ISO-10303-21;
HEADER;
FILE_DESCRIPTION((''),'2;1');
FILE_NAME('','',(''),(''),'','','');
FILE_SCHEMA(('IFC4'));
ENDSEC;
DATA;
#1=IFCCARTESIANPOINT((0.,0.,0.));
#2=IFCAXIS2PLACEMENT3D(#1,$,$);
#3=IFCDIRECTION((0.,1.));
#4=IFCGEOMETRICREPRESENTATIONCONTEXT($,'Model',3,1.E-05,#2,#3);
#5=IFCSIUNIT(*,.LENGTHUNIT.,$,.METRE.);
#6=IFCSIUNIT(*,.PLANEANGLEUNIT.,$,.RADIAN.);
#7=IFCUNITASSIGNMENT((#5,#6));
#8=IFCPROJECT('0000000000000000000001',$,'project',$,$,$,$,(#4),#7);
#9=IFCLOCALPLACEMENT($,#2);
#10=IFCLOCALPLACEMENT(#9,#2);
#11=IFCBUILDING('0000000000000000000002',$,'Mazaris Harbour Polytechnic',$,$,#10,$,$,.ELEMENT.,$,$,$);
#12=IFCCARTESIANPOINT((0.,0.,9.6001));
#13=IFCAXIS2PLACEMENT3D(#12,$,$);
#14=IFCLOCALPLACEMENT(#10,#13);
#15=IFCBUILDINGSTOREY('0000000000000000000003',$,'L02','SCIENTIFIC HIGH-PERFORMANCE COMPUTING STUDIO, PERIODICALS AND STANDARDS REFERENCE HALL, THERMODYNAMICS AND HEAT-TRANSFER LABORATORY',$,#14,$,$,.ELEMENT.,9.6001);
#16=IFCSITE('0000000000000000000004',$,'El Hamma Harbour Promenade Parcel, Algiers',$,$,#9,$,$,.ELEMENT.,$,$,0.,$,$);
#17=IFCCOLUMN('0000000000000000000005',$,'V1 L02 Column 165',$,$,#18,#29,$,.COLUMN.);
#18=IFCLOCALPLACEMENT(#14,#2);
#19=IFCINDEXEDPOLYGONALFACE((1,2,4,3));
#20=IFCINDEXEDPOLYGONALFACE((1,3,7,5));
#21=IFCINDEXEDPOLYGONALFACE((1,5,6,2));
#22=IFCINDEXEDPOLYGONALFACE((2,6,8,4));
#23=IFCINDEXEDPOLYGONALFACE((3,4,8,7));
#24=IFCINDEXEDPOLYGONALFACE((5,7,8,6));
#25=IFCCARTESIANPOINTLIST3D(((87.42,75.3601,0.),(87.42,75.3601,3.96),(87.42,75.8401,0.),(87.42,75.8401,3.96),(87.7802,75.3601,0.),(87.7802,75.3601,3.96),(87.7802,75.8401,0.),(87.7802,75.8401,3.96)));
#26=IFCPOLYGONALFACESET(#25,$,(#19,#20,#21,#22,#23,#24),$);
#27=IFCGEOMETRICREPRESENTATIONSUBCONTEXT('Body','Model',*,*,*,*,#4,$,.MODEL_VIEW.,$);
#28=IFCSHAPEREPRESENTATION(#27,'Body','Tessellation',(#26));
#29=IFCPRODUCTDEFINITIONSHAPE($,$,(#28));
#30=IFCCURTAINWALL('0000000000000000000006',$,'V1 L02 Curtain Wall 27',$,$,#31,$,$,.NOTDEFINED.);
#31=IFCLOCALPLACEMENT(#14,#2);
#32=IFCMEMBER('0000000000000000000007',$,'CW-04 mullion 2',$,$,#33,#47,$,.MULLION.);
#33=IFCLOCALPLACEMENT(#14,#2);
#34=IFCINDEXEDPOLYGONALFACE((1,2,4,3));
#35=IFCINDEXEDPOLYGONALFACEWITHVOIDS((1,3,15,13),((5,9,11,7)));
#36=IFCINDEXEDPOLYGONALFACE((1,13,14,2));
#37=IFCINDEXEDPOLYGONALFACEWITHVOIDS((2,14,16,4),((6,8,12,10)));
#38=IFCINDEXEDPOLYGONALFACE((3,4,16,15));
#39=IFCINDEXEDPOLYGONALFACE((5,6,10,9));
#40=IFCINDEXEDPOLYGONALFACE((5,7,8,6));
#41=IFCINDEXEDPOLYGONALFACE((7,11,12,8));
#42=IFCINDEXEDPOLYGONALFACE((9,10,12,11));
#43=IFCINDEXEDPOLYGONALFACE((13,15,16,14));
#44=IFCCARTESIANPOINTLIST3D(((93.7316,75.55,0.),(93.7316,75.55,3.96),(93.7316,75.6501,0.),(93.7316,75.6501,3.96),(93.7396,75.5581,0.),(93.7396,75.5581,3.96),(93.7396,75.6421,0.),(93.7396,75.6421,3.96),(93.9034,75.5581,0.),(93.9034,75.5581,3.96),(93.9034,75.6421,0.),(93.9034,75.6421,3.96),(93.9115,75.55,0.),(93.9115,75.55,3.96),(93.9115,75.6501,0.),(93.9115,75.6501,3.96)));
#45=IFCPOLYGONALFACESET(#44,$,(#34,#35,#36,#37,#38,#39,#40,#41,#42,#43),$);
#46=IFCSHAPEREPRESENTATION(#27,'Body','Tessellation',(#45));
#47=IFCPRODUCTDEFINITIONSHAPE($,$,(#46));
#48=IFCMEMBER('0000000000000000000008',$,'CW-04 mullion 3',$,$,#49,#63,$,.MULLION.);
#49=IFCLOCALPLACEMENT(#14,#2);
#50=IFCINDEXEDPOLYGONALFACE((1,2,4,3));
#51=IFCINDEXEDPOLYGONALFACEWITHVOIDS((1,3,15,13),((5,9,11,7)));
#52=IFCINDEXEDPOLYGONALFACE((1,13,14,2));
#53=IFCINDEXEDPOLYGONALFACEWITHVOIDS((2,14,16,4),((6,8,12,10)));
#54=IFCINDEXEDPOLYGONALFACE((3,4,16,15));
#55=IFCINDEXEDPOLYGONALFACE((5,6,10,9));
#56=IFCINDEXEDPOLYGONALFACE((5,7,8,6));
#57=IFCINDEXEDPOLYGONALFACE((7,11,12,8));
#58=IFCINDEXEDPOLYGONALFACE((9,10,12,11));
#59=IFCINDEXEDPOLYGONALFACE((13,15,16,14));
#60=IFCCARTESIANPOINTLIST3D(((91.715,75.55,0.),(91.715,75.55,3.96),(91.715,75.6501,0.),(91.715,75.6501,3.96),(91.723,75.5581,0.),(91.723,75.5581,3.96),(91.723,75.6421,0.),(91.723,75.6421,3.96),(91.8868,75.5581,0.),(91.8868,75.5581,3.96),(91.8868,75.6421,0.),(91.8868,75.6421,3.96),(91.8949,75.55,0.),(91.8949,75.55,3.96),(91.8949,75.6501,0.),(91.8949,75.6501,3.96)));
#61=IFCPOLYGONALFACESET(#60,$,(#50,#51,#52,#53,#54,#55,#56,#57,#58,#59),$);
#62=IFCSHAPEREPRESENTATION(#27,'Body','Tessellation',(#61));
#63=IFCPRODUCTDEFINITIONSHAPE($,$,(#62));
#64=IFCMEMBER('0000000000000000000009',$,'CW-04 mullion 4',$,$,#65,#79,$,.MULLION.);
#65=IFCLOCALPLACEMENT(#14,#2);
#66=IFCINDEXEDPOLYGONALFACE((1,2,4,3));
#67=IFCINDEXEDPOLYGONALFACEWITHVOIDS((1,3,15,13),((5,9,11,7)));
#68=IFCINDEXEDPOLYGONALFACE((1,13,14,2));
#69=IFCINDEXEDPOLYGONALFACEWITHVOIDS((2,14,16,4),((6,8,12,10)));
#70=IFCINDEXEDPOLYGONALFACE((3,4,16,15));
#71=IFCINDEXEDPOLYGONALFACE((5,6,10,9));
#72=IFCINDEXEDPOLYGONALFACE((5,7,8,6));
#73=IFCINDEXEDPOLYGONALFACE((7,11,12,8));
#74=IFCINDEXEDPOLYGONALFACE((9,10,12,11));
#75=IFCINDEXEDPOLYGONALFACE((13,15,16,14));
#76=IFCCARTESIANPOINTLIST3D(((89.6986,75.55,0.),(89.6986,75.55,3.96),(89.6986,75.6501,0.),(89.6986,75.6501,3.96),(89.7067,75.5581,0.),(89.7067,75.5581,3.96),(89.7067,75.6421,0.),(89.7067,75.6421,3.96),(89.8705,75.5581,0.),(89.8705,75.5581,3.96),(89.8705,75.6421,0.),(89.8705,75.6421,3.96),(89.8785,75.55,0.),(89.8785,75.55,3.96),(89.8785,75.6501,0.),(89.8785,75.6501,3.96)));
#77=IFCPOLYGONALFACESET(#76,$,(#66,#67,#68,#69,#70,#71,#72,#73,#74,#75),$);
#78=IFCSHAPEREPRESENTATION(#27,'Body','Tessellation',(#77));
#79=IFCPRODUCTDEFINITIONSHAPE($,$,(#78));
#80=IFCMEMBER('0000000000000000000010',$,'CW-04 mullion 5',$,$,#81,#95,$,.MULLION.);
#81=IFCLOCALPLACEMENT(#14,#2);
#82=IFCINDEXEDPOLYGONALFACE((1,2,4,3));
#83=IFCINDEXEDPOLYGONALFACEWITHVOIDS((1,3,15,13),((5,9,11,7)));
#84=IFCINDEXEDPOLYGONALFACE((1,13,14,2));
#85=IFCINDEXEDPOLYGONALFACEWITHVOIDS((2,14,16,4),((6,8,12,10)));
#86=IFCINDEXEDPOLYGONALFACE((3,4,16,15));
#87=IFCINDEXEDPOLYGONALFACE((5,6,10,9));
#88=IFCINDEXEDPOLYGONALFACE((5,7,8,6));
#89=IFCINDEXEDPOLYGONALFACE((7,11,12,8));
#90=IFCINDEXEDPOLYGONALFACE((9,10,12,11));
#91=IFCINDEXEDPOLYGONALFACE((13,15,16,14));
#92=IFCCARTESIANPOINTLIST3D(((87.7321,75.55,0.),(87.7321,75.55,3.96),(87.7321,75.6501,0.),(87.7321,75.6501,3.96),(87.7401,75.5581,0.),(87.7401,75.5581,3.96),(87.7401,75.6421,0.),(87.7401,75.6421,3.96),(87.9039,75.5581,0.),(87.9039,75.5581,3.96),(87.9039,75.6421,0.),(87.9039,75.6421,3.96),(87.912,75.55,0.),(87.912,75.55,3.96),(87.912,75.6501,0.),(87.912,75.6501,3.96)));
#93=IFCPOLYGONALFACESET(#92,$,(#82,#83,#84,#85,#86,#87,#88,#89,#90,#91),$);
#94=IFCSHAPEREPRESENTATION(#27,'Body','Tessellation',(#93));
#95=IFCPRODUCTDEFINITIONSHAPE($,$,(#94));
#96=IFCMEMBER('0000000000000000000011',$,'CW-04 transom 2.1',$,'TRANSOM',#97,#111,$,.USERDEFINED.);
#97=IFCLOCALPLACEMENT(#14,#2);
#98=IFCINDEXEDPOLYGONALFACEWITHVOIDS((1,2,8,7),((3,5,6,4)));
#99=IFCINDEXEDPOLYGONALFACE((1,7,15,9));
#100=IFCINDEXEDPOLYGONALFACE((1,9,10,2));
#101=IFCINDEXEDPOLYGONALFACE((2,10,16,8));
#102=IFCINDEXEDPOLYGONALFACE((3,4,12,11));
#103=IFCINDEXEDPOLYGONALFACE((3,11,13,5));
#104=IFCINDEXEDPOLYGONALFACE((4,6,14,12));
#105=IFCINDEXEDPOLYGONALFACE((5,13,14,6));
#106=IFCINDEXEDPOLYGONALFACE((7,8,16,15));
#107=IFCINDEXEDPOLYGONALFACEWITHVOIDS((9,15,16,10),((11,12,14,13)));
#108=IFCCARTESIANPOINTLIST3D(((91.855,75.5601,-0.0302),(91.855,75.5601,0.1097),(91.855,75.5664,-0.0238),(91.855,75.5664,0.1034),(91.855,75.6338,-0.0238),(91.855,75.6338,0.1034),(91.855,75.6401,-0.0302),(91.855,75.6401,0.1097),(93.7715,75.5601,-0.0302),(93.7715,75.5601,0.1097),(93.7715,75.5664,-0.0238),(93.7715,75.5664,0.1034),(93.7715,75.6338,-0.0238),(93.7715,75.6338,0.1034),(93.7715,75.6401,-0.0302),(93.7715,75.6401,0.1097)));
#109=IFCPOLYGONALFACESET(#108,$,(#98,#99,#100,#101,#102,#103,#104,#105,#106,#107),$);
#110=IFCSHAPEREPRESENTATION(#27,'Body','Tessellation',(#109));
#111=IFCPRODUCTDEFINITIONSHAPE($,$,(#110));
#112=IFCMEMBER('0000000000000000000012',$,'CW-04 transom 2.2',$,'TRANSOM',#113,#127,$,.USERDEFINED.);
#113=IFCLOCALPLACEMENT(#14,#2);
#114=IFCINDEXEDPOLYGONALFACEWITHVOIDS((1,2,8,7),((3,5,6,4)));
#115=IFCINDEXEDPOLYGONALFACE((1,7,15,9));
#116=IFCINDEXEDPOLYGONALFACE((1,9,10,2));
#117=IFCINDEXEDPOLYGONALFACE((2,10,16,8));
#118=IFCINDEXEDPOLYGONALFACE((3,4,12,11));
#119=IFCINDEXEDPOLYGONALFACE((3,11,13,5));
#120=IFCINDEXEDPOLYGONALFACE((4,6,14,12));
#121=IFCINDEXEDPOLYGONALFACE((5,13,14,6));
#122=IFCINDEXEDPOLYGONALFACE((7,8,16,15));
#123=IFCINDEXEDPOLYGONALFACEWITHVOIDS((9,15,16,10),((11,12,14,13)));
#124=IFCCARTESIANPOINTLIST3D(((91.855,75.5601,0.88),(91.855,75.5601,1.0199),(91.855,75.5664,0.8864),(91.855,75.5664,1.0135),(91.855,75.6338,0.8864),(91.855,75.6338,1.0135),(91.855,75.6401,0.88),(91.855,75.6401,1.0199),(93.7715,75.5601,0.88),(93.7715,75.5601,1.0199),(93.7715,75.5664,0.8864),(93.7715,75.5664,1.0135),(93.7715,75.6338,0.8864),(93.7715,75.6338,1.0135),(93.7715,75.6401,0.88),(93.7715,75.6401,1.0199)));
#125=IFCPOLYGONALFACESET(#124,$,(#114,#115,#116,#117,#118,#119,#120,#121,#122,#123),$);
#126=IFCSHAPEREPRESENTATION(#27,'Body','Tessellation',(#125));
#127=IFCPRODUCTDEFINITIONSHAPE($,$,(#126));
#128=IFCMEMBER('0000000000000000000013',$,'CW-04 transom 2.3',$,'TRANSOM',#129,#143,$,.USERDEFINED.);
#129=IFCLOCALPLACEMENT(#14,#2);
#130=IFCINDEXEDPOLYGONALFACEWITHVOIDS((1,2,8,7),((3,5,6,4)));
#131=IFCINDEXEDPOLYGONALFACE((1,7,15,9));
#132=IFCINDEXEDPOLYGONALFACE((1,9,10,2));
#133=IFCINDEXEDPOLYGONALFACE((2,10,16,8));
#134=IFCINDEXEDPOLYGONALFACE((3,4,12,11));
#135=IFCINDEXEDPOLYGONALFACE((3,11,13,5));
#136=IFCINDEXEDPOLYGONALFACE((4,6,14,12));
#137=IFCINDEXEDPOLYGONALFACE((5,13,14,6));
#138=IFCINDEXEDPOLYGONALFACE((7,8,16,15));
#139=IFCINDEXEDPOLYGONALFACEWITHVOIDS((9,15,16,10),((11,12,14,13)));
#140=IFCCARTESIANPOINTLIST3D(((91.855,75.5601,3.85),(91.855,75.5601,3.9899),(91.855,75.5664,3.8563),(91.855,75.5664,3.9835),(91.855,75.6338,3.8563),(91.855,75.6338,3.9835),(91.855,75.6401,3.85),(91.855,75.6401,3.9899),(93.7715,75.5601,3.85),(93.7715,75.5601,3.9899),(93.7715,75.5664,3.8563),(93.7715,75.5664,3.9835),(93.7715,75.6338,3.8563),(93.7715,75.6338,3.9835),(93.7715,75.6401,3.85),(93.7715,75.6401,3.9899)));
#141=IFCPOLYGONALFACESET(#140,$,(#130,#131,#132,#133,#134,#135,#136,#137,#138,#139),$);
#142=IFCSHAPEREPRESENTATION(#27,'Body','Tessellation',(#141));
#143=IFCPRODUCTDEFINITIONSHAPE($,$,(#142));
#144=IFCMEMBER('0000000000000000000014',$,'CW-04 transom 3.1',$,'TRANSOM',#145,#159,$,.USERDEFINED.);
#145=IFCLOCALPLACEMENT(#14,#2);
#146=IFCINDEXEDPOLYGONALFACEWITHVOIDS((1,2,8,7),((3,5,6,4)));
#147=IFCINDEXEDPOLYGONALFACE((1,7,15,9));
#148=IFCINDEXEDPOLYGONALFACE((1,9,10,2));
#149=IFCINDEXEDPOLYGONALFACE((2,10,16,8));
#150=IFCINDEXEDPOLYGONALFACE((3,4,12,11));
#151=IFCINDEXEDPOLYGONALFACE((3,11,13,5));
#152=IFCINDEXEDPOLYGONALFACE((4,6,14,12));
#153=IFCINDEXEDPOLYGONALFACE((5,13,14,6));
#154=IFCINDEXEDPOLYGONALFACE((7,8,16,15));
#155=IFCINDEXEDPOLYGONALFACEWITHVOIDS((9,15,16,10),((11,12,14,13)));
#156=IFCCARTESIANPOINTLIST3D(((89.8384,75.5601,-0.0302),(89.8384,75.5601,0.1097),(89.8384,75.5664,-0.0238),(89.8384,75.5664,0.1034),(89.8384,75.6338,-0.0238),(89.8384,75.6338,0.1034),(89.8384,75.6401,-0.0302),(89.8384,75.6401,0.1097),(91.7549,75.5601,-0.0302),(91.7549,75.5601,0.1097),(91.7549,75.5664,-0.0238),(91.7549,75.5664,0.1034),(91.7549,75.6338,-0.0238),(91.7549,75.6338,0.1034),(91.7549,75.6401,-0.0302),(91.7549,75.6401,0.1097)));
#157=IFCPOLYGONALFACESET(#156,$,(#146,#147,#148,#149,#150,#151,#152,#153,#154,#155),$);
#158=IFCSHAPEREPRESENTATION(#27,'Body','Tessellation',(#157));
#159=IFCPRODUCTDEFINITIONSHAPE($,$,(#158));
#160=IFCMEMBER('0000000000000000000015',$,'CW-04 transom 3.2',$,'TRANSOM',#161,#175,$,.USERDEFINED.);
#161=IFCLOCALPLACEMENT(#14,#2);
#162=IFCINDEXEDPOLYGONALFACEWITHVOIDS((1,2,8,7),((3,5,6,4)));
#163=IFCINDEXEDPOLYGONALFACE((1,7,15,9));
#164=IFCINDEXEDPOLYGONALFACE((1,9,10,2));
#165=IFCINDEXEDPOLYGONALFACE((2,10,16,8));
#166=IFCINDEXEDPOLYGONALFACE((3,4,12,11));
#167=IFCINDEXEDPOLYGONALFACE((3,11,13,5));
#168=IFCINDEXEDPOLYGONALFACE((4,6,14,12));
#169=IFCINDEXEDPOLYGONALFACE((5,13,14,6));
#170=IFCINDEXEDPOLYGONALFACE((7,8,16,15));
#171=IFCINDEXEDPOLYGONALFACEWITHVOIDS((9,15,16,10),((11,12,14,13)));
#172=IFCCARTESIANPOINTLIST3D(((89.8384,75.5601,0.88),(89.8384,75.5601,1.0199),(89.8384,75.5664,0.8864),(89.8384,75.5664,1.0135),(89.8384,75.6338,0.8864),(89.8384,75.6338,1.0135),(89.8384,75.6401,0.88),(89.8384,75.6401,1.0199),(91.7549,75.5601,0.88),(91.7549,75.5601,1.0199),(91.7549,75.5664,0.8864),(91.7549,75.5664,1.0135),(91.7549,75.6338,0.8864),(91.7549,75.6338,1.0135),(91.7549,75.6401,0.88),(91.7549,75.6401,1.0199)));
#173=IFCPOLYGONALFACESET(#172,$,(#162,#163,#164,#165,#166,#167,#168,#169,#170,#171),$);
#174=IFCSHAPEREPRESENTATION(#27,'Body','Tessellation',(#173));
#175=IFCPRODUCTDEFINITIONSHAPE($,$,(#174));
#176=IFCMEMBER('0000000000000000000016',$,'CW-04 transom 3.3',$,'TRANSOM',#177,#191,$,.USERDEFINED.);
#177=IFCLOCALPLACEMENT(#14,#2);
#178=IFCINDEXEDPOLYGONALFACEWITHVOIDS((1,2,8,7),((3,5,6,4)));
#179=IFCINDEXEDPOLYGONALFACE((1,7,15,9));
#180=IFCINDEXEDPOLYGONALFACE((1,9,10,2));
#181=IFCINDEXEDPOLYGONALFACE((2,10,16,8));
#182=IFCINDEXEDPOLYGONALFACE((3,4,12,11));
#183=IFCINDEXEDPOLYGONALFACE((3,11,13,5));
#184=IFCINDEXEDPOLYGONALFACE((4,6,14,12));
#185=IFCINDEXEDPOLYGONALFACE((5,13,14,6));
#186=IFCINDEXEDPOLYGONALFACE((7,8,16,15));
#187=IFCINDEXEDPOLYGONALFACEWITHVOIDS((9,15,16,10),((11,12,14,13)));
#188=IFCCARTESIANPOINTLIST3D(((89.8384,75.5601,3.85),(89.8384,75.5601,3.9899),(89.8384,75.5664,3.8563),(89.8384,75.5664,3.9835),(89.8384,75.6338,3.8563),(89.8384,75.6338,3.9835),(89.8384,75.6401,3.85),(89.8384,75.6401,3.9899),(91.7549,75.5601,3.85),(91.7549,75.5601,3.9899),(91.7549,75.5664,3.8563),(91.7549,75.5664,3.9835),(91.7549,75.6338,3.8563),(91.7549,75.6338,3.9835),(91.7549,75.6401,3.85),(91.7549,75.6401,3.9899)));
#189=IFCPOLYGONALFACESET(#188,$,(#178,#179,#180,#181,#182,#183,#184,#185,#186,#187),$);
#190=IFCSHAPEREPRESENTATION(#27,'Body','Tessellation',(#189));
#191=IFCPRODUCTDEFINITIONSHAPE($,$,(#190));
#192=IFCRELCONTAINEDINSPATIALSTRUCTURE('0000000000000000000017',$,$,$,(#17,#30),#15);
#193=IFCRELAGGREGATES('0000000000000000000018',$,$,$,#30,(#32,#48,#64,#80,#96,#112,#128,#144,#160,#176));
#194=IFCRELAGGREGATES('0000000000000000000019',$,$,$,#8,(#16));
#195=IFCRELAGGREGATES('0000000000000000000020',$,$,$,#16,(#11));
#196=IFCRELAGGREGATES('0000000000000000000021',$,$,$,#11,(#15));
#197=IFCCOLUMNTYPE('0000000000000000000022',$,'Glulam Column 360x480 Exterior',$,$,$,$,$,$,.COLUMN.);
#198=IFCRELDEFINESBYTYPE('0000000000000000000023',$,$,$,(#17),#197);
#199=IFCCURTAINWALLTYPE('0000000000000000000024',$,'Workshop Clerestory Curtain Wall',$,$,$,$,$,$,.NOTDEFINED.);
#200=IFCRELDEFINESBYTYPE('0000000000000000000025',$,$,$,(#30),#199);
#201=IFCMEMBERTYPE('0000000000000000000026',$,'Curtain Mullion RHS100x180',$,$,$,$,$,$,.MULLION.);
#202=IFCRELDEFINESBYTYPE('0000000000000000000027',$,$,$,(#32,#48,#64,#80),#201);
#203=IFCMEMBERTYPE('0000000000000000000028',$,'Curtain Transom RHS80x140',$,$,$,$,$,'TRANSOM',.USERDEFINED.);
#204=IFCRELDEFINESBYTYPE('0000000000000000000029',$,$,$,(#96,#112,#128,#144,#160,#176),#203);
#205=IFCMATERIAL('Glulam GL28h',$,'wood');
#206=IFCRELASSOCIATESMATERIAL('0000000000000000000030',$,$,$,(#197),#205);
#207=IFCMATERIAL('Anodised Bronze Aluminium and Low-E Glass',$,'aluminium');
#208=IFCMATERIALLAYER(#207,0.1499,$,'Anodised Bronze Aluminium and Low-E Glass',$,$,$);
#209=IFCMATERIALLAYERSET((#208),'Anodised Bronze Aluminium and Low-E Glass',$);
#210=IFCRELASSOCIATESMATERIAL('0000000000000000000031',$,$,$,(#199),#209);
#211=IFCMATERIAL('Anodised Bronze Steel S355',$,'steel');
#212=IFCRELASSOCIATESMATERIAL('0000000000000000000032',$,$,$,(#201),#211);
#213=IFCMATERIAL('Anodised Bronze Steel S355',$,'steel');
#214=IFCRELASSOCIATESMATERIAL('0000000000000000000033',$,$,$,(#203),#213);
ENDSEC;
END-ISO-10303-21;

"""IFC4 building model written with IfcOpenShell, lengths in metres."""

from ifc_helpers import new_model, si_unit, direction, frame, origin, origin_2d, place, context, subcontext, project, spatial, rectangle, hollow_rectangle, extrude, material, layer, layer_set, material_profile, profile_set, type_object, element, aggregate, save


model = new_model("IFC4")

# Units and contexts
model_context = context("Model", 3, precision=1e-05, world=origin(), true_north=direction((0.0, 1.0)))
body_context = subcontext(model_context, "Body", "Model", "MODEL_VIEW")
ifc_project = project(units=[si_unit("LENGTHUNIT", "METRE"), si_unit("PLANEANGLEUNIT", "RADIAN")], contexts=[model_context])

# Site, building, storey
site_placement = place(None, origin())
site = spatial("IfcSite", under=ifc_project, at=site_placement, Name="El Hamma Harbour Promenade Parcel, Algiers", CompositionType="ELEMENT", RefElevation=0.0)
building_placement = place(site_placement, origin())
building = spatial("IfcBuilding", under=site, at=building_placement, Name="Mazaris Harbour Polytechnic", CompositionType="ELEMENT")
storey_placement = place(building_placement, frame((0.0, 0.0, 9.6001)))
storey = spatial("IfcBuildingStorey", under=building, at=storey_placement, Name="L02", Description="SCIENTIFIC HIGH-PERFORMANCE COMPUTING STUDIO, PERIODICALS AND STANDARDS REFERENCE HALL, THERMODYNAMICS AND HEAT-TRANSFER LABORATORY", CompositionType="ELEMENT", Elevation=9.6001)

# Column
ifc_material_1 = material(Name="Glulam GL28h", Category="wood")
ifc_material_profile_1 = material_profile(ifc_material_1, rectangle(XDim=0.3601, YDim=0.48, at=origin_2d()), Name="RECT360x480")
ifc_profile_set_1 = profile_set([ifc_material_profile_1], Name="Glulam GL28h")
column_type = type_object("IfcColumnType", Name="Glulam Column 360x480 Exterior", PredefinedType="COLUMN", material=ifc_profile_set_1)
column_placement = place(storey_placement, frame((87.6001, 75.6001, 0.0), z_axis=(0.0, 0.0, 1.0), x_axis=(1.0, 0.0, 0.0)))
element("IfcColumn", 1, at=column_placement, inside=storey, type_object=column_type, Name="V1 L02 Column 165", PredefinedType="COLUMN", context=body_context, shape_type="SweptSolid", body=[
    extrude(rectangle(XDim=0.3601, YDim=0.48, at=origin_2d()), origin(), (0.0, 0.0, 1.0), 3.96),
])

# Curtain wall, members
ifc_material_2 = material(Name="Anodised Bronze Aluminium and Low-E Glass", Category="aluminium")
ifc_layer_1 = layer(ifc_material_2, 0.1499, Name="Anodised Bronze Aluminium and Low-E Glass")
ifc_layer_set_1 = layer_set([ifc_layer_1], Name="Anodised Bronze Aluminium and Low-E Glass")
curtain_wall_type = type_object("IfcCurtainWallType", Name="Workshop Clerestory Curtain Wall", PredefinedType="NOTDEFINED", material=ifc_layer_set_1)
curtain_wall_placement = place(storey_placement, origin())
curtain_wall = element("IfcCurtainWall", 2, at=curtain_wall_placement, inside=storey, type_object=curtain_wall_type, Name="V1 L02 Curtain Wall 27", PredefinedType="NOTDEFINED")
ifc_material_3 = material(Name="Anodised Bronze Steel S355", Category="steel")
ifc_material_profile_2 = material_profile(ifc_material_3, hollow_rectangle(XDim=0.1001, YDim=0.1799, WallThickness=0.0081, at=origin_2d()), Name="RHS 100x180x8.0")
ifc_profile_set_2 = profile_set([ifc_material_profile_2], Name="Anodised Bronze Steel S355")
member_type_1 = type_object("IfcMemberType", Name="Curtain Mullion RHS100x180", PredefinedType="MULLION", material=ifc_profile_set_2)
member_1_placement = place(storey_placement, frame((93.8215, 75.6001, 0.0), z_axis=(0.0, 0.0, 1.0), x_axis=(0.0, -1.0, 0.0)))
member_1 = element("IfcMember", 3, at=member_1_placement, type_object=member_type_1, Name="CW-04 mullion 2", PredefinedType="MULLION", context=body_context, shape_type="SweptSolid", body=[
    extrude(hollow_rectangle(XDim=0.1001, YDim=0.1799, WallThickness=0.0081, at=origin_2d()), origin(), (0.0, 0.0, 1.0), 3.96),
])
member_2_placement = place(storey_placement, frame((91.8049, 75.6001, 0.0), z_axis=(0.0, 0.0, 1.0), x_axis=(0.0, -1.0, 0.0)))
member_2 = element("IfcMember", 4, at=member_2_placement, type_object=member_type_1, Name="CW-04 mullion 3", PredefinedType="MULLION", context=body_context, shape_type="SweptSolid", body=[
    extrude(hollow_rectangle(XDim=0.1001, YDim=0.1799, WallThickness=0.0081, at=origin_2d()), origin(), (0.0, 0.0, 1.0), 3.96),
])
member_3_placement = place(storey_placement, frame((89.7886, 75.6001, 0.0), z_axis=(0.0, 0.0, 1.0), x_axis=(0.0, -1.0, 0.0)))
member_3 = element("IfcMember", 5, at=member_3_placement, type_object=member_type_1, Name="CW-04 mullion 4", PredefinedType="MULLION", context=body_context, shape_type="SweptSolid", body=[
    extrude(hollow_rectangle(XDim=0.1001, YDim=0.1799, WallThickness=0.0081, at=origin_2d()), origin(), (0.0, 0.0, 1.0), 3.96),
])
member_4_placement = place(storey_placement, frame((87.822, 75.6001, 0.0), z_axis=(0.0, 0.0, 1.0), x_axis=(0.0, -1.0, 0.0)))
member_4 = element("IfcMember", 6, at=member_4_placement, type_object=member_type_1, Name="CW-04 mullion 5", PredefinedType="MULLION", context=body_context, shape_type="SweptSolid", body=[
    extrude(hollow_rectangle(XDim=0.1001, YDim=0.1799, WallThickness=0.0081, at=origin_2d()), origin(), (0.0, 0.0, 1.0), 3.96),
])
ifc_material_4 = material(Name="Anodised Bronze Steel S355", Category="steel")
ifc_material_profile_3 = material_profile(ifc_material_4, hollow_rectangle(XDim=0.0801, YDim=0.1399, WallThickness=0.0063, at=origin_2d()), Name="RHS 80x140x6.3")
ifc_profile_set_3 = profile_set([ifc_material_profile_3], Name="Anodised Bronze Steel S355")
member_type_2 = type_object("IfcMemberType", Name="Curtain Transom RHS80x140", ElementType="TRANSOM", PredefinedType="USERDEFINED", material=ifc_profile_set_3)
member_5_placement = place(storey_placement, frame((93.7715, 75.6001, 0.0398), z_axis=(-1.0, 0.0, 0.0), x_axis=(0.0, -1.0, 0.0)))
member_5 = element("IfcMember", 7, at=member_5_placement, type_object=member_type_2, Name="CW-04 transom 2.1", ObjectType="TRANSOM", PredefinedType="USERDEFINED", context=body_context, shape_type="SweptSolid", body=[
    extrude(hollow_rectangle(XDim=0.0801, YDim=0.1399, WallThickness=0.0063, at=origin_2d()), origin(), (0.0, 0.0, 1.0), 1.9165),
])
member_6_placement = place(storey_placement, frame((93.7715, 75.6001, 0.95), z_axis=(-1.0, 0.0, 0.0), x_axis=(0.0, -1.0, 0.0)))
member_6 = element("IfcMember", 8, at=member_6_placement, type_object=member_type_2, Name="CW-04 transom 2.2", ObjectType="TRANSOM", PredefinedType="USERDEFINED", context=body_context, shape_type="SweptSolid", body=[
    extrude(hollow_rectangle(XDim=0.0801, YDim=0.1399, WallThickness=0.0063, at=origin_2d()), origin(), (0.0, 0.0, 1.0), 1.9165),
])
member_7_placement = place(storey_placement, frame((93.7715, 75.6001, 3.9199), z_axis=(-1.0, 0.0, 0.0), x_axis=(0.0, -1.0, 0.0)))
member_7 = element("IfcMember", 9, at=member_7_placement, type_object=member_type_2, Name="CW-04 transom 2.3", ObjectType="TRANSOM", PredefinedType="USERDEFINED", context=body_context, shape_type="SweptSolid", body=[
    extrude(hollow_rectangle(XDim=0.0801, YDim=0.1399, WallThickness=0.0063, at=origin_2d()), origin(), (0.0, 0.0, 1.0), 1.9165),
])
member_8_placement = place(storey_placement, frame((91.7549, 75.6001, 0.0398), z_axis=(-1.0, 0.0, 0.0), x_axis=(0.0, -1.0, 0.0)))
member_8 = element("IfcMember", 10, at=member_8_placement, type_object=member_type_2, Name="CW-04 transom 3.1", ObjectType="TRANSOM", PredefinedType="USERDEFINED", context=body_context, shape_type="SweptSolid", body=[
    extrude(hollow_rectangle(XDim=0.0801, YDim=0.1399, WallThickness=0.0063, at=origin_2d()), origin(), (0.0, 0.0, 1.0), 1.9165),
])
member_9_placement = place(storey_placement, frame((91.7549, 75.6001, 0.95), z_axis=(-1.0, 0.0, 0.0), x_axis=(0.0, -1.0, 0.0)))
member_9 = element("IfcMember", 11, at=member_9_placement, type_object=member_type_2, Name="CW-04 transom 3.2", ObjectType="TRANSOM", PredefinedType="USERDEFINED", context=body_context, shape_type="SweptSolid", body=[
    extrude(hollow_rectangle(XDim=0.0801, YDim=0.1399, WallThickness=0.0063, at=origin_2d()), origin(), (0.0, 0.0, 1.0), 1.9165),
])
member_10_placement = place(storey_placement, frame((91.7549, 75.6001, 3.9199), z_axis=(-1.0, 0.0, 0.0), x_axis=(0.0, -1.0, 0.0)))
member_10 = element("IfcMember", 12, at=member_10_placement, type_object=member_type_2, Name="CW-04 transom 3.3", ObjectType="TRANSOM", PredefinedType="USERDEFINED", context=body_context, shape_type="SweptSolid", body=[
    extrude(hollow_rectangle(XDim=0.0801, YDim=0.1399, WallThickness=0.0063, at=origin_2d()), origin(), (0.0, 0.0, 1.0), 1.9165),
])

aggregate(curtain_wall, [member_1, member_2, member_3, member_4, member_5, member_6, member_7, member_8, member_9, member_10])

save(model, "model.ifc")
